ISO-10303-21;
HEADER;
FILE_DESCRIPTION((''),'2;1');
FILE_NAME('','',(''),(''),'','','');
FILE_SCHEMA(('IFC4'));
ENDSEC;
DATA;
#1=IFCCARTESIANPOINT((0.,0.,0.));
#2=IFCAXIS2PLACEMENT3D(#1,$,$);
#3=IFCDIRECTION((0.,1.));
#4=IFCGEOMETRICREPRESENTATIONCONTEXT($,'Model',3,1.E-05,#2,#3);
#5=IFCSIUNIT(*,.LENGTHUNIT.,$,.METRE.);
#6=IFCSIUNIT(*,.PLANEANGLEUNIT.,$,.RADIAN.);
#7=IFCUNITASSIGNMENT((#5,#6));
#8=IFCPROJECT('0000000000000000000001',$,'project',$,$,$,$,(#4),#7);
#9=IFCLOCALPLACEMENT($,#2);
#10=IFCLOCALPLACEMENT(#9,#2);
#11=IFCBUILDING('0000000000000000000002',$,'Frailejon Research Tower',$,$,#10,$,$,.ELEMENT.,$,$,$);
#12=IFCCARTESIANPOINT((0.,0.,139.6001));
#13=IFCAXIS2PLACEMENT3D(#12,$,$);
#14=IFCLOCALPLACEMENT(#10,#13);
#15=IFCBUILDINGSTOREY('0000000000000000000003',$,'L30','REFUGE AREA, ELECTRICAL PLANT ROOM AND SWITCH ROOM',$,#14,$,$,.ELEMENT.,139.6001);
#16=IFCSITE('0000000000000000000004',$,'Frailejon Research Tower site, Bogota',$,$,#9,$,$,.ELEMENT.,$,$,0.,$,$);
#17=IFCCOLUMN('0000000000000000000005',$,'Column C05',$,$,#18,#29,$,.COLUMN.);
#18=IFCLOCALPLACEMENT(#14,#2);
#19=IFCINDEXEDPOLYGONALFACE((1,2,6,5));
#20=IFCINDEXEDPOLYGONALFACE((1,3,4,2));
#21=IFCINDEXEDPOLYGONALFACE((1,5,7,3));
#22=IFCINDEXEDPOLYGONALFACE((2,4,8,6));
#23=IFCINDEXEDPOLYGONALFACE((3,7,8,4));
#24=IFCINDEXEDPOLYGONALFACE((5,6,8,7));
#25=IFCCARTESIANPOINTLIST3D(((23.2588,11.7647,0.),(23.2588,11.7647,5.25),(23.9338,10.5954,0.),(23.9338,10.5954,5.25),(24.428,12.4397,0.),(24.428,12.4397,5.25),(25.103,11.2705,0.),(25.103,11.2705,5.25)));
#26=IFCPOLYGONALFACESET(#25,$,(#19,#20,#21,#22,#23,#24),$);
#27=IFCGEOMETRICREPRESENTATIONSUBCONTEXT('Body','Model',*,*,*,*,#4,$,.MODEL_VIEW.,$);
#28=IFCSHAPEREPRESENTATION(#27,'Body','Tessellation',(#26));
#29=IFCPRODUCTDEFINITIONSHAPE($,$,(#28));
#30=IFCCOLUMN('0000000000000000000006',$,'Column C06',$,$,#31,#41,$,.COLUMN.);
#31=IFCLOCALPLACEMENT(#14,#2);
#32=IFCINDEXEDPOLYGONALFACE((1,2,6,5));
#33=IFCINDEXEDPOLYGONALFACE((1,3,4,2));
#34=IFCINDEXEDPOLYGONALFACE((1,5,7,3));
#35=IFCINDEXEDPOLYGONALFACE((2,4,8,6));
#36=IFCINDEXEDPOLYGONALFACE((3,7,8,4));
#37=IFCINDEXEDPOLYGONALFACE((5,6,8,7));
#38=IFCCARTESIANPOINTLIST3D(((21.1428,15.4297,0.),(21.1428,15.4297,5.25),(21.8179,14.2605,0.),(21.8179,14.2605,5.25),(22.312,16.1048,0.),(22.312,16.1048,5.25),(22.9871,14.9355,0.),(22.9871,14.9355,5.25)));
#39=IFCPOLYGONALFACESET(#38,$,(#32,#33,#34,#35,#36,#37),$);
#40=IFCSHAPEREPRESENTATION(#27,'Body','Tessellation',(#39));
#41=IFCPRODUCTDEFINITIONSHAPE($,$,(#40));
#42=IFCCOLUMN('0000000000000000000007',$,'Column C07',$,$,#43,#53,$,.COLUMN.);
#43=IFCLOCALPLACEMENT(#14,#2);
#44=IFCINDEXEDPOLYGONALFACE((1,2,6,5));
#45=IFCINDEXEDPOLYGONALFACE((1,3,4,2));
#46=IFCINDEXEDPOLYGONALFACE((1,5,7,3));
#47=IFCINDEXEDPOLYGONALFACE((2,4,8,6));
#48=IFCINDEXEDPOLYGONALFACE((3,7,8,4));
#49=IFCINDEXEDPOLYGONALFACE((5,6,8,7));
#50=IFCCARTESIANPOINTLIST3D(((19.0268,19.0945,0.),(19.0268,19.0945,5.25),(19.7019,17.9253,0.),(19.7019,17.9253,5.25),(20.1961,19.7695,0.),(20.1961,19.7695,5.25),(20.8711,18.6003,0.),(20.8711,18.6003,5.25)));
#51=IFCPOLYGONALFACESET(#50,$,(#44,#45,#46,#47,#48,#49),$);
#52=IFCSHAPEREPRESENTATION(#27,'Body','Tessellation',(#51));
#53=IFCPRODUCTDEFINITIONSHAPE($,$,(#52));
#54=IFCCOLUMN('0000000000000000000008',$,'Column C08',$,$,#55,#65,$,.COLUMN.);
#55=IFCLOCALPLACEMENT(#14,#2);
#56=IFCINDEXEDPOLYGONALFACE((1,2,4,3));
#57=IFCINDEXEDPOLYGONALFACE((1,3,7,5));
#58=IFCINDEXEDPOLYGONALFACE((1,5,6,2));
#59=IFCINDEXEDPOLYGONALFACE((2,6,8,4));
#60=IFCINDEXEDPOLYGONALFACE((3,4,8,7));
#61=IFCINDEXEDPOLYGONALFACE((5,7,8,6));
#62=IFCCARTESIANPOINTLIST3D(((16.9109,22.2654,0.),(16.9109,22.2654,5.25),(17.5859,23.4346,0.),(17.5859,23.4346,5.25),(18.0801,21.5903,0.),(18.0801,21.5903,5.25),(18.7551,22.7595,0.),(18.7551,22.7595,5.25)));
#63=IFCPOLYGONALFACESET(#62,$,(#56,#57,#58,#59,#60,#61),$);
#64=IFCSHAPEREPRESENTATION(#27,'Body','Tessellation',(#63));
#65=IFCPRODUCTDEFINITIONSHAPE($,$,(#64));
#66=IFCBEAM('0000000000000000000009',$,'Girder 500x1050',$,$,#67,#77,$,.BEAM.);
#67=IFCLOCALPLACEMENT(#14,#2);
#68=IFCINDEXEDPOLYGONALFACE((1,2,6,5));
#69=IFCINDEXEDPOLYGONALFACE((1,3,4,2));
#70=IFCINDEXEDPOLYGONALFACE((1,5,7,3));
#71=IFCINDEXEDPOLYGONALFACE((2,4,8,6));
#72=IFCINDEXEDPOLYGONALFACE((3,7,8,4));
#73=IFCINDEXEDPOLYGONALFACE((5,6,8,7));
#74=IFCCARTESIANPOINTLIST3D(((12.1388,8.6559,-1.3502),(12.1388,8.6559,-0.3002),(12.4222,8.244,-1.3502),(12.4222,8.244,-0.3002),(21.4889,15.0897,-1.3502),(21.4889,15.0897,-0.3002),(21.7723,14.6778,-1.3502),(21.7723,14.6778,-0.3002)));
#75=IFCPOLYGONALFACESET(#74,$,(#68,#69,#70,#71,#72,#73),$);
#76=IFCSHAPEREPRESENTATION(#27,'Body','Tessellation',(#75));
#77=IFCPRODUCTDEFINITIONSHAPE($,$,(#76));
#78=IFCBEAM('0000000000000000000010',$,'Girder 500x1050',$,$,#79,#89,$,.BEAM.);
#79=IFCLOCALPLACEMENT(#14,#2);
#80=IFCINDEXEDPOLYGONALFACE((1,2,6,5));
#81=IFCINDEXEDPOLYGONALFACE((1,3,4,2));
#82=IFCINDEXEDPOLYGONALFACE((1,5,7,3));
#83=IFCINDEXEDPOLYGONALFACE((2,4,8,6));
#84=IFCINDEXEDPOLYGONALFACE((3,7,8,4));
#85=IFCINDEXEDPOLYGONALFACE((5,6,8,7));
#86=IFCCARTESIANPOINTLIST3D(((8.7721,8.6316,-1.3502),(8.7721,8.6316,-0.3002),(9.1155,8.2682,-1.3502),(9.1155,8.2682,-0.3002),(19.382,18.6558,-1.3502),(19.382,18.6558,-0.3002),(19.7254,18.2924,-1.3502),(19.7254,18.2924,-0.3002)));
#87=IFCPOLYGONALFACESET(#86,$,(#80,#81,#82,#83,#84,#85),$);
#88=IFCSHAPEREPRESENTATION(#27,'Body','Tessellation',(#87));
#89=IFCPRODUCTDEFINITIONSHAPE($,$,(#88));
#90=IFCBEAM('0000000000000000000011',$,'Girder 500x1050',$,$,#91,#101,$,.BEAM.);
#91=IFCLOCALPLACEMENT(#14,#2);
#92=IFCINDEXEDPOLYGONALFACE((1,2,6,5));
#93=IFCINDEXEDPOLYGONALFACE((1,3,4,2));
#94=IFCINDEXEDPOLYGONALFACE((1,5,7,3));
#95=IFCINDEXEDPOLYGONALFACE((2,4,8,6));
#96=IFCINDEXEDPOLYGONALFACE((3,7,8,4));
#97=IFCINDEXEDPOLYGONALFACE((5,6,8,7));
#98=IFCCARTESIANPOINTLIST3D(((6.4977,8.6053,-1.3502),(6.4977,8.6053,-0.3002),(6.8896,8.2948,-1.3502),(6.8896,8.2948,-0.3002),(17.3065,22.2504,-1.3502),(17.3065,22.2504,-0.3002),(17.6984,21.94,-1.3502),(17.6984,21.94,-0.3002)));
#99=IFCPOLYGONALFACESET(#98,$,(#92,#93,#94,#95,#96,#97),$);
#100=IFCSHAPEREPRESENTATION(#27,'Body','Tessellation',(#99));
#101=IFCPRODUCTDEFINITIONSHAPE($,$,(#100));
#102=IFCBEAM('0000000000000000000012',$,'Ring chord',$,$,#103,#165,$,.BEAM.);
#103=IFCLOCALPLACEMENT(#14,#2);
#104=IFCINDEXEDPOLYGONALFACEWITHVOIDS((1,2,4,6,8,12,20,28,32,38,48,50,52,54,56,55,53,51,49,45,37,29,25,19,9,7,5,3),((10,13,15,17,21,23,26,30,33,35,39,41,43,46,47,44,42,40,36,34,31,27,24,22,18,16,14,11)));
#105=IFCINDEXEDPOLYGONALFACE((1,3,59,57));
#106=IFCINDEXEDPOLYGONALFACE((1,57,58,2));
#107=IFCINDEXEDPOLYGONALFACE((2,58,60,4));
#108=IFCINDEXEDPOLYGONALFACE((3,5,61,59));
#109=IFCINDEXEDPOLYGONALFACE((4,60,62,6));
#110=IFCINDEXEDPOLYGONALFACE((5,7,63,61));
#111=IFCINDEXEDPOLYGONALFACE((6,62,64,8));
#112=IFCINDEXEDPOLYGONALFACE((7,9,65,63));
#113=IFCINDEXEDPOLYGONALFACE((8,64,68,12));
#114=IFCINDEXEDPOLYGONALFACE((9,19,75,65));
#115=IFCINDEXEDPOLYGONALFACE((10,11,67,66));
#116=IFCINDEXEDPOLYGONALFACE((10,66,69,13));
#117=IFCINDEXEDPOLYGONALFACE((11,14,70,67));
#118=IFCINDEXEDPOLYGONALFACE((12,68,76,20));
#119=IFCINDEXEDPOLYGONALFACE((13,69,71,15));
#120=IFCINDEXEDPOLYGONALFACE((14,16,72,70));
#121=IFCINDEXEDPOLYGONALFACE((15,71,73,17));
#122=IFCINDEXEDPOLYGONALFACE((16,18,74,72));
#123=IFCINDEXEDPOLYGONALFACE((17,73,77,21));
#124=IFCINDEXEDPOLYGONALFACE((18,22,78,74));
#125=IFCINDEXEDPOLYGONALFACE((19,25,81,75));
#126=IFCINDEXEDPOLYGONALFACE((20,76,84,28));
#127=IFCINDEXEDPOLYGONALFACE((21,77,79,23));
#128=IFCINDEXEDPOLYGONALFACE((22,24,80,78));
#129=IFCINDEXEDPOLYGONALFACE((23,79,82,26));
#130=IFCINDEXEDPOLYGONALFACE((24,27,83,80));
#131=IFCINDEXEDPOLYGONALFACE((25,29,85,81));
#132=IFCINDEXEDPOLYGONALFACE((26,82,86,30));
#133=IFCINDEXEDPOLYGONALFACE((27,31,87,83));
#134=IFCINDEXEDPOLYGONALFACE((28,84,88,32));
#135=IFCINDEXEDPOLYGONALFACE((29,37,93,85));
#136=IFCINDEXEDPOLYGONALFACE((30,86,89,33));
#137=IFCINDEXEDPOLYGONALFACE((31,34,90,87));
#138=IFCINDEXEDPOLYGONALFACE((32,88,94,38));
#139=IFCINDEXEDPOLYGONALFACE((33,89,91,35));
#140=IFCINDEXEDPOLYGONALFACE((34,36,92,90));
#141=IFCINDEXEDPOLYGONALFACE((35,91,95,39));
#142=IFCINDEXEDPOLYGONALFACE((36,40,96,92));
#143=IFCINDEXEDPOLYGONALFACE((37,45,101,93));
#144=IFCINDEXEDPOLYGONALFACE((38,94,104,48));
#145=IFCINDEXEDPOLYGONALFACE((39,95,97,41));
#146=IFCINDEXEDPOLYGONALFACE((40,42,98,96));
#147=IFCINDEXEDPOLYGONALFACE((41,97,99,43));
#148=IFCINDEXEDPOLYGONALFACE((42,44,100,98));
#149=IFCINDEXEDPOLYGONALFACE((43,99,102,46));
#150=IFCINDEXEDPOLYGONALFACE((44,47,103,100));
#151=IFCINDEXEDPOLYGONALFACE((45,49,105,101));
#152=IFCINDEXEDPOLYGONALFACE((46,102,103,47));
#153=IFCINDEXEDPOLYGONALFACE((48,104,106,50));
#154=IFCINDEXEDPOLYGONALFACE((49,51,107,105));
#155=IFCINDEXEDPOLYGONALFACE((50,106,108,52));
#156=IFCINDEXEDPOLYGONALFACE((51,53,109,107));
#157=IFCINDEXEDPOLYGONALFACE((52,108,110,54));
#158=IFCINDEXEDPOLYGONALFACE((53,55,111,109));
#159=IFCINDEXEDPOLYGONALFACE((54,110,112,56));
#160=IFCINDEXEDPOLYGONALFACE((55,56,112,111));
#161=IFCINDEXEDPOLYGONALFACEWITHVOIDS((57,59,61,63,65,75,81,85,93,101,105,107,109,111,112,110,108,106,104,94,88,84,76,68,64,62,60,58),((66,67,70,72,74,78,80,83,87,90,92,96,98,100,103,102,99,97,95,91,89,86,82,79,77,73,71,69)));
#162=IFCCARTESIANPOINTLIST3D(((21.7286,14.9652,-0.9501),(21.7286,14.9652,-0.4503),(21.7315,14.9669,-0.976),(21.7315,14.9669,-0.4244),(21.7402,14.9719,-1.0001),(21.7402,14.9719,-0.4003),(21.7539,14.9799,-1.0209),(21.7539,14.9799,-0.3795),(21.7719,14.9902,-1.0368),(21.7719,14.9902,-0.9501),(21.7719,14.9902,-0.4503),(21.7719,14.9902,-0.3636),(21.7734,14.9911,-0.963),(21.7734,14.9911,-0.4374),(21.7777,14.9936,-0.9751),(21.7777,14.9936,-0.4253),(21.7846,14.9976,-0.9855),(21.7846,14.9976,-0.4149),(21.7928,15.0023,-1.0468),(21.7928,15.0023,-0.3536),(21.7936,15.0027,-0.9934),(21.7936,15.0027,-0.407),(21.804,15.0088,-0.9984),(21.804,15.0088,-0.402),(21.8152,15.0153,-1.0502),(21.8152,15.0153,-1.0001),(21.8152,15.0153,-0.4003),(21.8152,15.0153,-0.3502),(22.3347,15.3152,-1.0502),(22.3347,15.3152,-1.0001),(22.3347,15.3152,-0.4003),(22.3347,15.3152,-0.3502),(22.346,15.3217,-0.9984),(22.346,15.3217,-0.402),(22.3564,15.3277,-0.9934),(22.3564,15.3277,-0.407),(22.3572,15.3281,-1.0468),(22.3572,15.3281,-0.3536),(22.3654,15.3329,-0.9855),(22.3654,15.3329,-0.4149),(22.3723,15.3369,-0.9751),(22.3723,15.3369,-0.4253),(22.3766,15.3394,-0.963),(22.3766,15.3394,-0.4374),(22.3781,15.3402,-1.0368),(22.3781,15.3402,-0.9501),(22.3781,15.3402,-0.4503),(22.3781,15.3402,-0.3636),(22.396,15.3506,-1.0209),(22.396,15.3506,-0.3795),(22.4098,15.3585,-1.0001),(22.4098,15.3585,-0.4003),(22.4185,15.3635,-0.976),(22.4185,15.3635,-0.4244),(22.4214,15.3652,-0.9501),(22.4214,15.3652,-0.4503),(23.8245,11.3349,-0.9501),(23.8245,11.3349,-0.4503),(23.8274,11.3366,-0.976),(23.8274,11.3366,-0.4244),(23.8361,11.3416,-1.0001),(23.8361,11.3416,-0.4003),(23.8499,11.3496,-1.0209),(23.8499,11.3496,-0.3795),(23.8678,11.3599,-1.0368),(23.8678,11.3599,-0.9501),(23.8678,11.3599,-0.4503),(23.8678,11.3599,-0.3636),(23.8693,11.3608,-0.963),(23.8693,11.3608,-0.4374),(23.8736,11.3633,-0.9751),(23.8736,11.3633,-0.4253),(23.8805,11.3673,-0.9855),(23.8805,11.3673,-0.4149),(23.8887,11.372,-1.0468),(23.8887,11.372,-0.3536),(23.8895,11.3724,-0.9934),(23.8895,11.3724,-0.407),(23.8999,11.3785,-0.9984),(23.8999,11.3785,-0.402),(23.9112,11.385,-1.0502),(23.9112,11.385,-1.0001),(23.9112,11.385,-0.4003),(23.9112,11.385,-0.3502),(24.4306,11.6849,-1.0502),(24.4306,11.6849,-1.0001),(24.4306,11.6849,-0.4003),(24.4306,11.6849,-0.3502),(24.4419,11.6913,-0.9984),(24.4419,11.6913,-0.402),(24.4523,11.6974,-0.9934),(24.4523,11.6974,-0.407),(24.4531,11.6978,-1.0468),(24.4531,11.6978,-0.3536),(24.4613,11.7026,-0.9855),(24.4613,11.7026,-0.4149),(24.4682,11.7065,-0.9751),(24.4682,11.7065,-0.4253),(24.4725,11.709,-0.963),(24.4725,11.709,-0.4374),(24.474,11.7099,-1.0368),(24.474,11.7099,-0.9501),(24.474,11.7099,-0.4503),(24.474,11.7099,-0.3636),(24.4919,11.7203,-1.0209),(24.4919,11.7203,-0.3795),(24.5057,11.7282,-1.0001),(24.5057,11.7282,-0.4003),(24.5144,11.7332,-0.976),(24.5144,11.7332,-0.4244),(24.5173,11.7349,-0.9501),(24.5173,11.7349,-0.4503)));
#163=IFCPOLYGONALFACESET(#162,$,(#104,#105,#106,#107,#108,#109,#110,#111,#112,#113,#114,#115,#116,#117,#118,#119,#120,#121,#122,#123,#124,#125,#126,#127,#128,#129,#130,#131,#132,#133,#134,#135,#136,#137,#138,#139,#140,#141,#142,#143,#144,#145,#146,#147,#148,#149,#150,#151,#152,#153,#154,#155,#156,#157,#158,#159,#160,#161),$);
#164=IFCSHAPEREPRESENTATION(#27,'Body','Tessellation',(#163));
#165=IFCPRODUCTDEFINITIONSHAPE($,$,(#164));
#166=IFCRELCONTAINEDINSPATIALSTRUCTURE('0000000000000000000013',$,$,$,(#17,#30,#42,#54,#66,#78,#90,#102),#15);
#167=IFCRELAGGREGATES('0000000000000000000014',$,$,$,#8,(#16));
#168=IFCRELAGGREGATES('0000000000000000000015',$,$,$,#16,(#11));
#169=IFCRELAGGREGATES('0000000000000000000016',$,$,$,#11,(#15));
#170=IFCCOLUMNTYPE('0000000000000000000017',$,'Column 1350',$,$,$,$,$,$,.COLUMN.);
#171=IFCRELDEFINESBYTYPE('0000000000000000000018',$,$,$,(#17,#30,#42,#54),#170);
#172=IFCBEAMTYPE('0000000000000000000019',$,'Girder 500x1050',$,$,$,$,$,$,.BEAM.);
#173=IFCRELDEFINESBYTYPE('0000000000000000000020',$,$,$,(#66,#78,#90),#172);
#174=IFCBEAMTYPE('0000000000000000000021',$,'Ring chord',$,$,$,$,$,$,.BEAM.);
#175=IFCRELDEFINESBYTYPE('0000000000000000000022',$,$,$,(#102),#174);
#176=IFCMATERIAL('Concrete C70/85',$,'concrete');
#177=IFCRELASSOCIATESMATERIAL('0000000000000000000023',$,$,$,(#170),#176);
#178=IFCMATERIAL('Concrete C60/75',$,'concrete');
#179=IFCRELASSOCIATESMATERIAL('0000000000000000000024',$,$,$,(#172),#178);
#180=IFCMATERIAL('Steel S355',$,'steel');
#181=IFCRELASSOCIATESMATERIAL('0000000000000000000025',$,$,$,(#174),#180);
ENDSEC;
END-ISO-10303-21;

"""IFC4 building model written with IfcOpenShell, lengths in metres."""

from ifc_helpers import new_model, si_unit, direction, frame, origin, origin_2d, place, context, subcontext, project, spatial, rectangle, hollow_rectangle, extrude, material, material_profile, profile_set, type_object, element, save


model = new_model("IFC4")

# Units and contexts
model_context = context("Model", 3, precision=1e-05, world=origin(), true_north=direction((0.0, 1.0)))
body_context = subcontext(model_context, "Body", "Model", "MODEL_VIEW")
ifc_project = project(units=[si_unit("LENGTHUNIT", "METRE"), si_unit("PLANEANGLEUNIT", "RADIAN")], contexts=[model_context])

# Site, building, storey
site_placement = place(None, origin())
site = spatial("IfcSite", under=ifc_project, at=site_placement, Name="Frailejon Research Tower site, Bogota", CompositionType="ELEMENT", RefElevation=0.0)
building_placement = place(site_placement, origin())
building = spatial("IfcBuilding", under=site, at=building_placement, Name="Frailejon Research Tower", CompositionType="ELEMENT")
storey_placement = place(building_placement, frame((0.0, 0.0, 139.6001)))
storey = spatial("IfcBuildingStorey", under=building, at=storey_placement, Name="L30", Description="REFUGE AREA, ELECTRICAL PLANT ROOM AND SWITCH ROOM", CompositionType="ELEMENT", Elevation=139.6001)

# Columns
ifc_material_1 = material(Name="Concrete C70/85", Category="concrete")
ifc_material_profile_1 = material_profile(ifc_material_1, rectangle(XDim=1.3501, YDim=1.3501, at=origin_2d()), Name="Column 1350")
ifc_profile_set_1 = profile_set([ifc_material_profile_1], Name="Concrete C70/85")
column_type = type_object("IfcColumnType", Name="Column 1350", PredefinedType="COLUMN", material=ifc_profile_set_1)
for number, where, z_axis, x_axis, name in (
    (1, (24.1809, 11.5176, 0.0), (0.0, 0.0, 1.0), (-0.5, 0.866025, 0.0), "Column C05"),
    (2, (22.0649, 15.1826, 0.0), (0.0, 0.0, 1.0), (-0.5, 0.866025, 0.0), "Column C06"),
    (3, (19.949, 18.8474, 0.0), (0.0, 0.0, 1.0), (-0.5, 0.866025, 0.0), "Column C07"),
    (4, (17.833, 22.5125, 0.0), (0.0, 0.0, 1.0), (-0.866025, 0.5, 0.0), "Column C08"),
):
    element("IfcColumn", number, at=place(storey_placement, frame(where, z_axis=z_axis, x_axis=x_axis)), inside=storey, type_object=column_type, Name=name, PredefinedType="COLUMN", context=body_context, shape_type="SweptSolid", body=[
        extrude(rectangle(XDim=1.3501, YDim=1.3501, at=origin_2d()), origin(), (0.0, 0.0, 1.0), 5.25),
    ])

# Beams
ifc_material_2 = material(Name="Concrete C60/75", Category="concrete")
ifc_material_profile_2 = material_profile(ifc_material_2, rectangle(XDim=0.5, YDim=1.05, at=origin_2d()), Name="Girder 500x1050")
ifc_profile_set_2 = profile_set([ifc_material_profile_2], Name="Concrete C60/75")
beam_type_1 = type_object("IfcBeamType", Name="Girder 500x1050", PredefinedType="BEAM", material=ifc_profile_set_2)
beam_1_placement = place(storey_placement, frame((21.6306, 14.8838, -0.8252), z_axis=(-0.82381, -0.566867, 0.0), x_axis=(0.566867, -0.82381, 0.0)))
element("IfcBeam", 5, at=beam_1_placement, inside=storey, type_object=beam_type_1, Name="Girder 500x1050", PredefinedType="BEAM", context=body_context, shape_type="SweptSolid", body=[
    extrude(rectangle(XDim=0.5, YDim=1.05, at=origin_2d()), origin(), (0.0, 0.0, 1.0), 11.3499),
])
beam_2_placement = place(storey_placement, frame((19.5537, 18.4741, -0.8252), z_axis=(-0.726885, -0.686759, 0.0), x_axis=(0.686759, -0.726885, 0.0)))
element("IfcBeam", 6, at=beam_2_placement, inside=storey, type_object=beam_type_1, Name="Girder 500x1050", PredefinedType="BEAM", context=body_context, shape_type="SweptSolid", body=[
    extrude(rectangle(XDim=0.5, YDim=1.05, at=origin_2d()), origin(), (0.0, 0.0, 1.0), 14.5964),
])
beam_3_placement = place(storey_placement, frame((17.5024, 22.0952, -0.8252), z_axis=(-0.620927, -0.783869, 0.0), x_axis=(0.783869, -0.620927, 0.0)))
element("IfcBeam", 7, at=beam_3_placement, inside=storey, type_object=beam_type_1, Name="Girder 500x1050", PredefinedType="BEAM", context=body_context, shape_type="SweptSolid", body=[
    extrude(rectangle(XDim=0.5, YDim=1.05, at=origin_2d()), origin(), (0.0, 0.0, 1.0), 17.4075),
])
ifc_material_3 = material(Name="Steel S355", Category="steel")
ifc_material_profile_3 = material_profile(ifc_material_3, hollow_rectangle(XDim=0.8, YDim=0.7, WallThickness=0.05, InnerFilletRadius=0.05, OuterFilletRadius=0.1001, at=origin_2d()), Name="Ring chord")
ifc_profile_set_3 = profile_set([ifc_material_profile_3], Name="Steel S355")
beam_type_2 = type_object("IfcBeamType", Name="Ring chord", PredefinedType="BEAM", material=ifc_profile_set_3)
for number, where, z_axis, x_axis, name in (
    (8, (24.1709, 11.5349, -0.7002), (-0.499991, 0.86603, 0.0), (-0.86603, -0.499991, 0.0), "Ring chord"),
):
    element("IfcBeam", number, at=place(storey_placement, frame(where, z_axis=z_axis, x_axis=x_axis)), inside=storey, type_object=beam_type_2, Name=name, PredefinedType="BEAM", context=body_context, shape_type="SweptSolid", body=[
        extrude(hollow_rectangle(XDim=0.8, YDim=0.7, WallThickness=0.05, InnerFilletRadius=0.05, OuterFilletRadius=0.1001, at=origin_2d()), origin(), (0.0, 0.0, 1.0), 4.1919),
    ])

save(model, "model.ifc")
